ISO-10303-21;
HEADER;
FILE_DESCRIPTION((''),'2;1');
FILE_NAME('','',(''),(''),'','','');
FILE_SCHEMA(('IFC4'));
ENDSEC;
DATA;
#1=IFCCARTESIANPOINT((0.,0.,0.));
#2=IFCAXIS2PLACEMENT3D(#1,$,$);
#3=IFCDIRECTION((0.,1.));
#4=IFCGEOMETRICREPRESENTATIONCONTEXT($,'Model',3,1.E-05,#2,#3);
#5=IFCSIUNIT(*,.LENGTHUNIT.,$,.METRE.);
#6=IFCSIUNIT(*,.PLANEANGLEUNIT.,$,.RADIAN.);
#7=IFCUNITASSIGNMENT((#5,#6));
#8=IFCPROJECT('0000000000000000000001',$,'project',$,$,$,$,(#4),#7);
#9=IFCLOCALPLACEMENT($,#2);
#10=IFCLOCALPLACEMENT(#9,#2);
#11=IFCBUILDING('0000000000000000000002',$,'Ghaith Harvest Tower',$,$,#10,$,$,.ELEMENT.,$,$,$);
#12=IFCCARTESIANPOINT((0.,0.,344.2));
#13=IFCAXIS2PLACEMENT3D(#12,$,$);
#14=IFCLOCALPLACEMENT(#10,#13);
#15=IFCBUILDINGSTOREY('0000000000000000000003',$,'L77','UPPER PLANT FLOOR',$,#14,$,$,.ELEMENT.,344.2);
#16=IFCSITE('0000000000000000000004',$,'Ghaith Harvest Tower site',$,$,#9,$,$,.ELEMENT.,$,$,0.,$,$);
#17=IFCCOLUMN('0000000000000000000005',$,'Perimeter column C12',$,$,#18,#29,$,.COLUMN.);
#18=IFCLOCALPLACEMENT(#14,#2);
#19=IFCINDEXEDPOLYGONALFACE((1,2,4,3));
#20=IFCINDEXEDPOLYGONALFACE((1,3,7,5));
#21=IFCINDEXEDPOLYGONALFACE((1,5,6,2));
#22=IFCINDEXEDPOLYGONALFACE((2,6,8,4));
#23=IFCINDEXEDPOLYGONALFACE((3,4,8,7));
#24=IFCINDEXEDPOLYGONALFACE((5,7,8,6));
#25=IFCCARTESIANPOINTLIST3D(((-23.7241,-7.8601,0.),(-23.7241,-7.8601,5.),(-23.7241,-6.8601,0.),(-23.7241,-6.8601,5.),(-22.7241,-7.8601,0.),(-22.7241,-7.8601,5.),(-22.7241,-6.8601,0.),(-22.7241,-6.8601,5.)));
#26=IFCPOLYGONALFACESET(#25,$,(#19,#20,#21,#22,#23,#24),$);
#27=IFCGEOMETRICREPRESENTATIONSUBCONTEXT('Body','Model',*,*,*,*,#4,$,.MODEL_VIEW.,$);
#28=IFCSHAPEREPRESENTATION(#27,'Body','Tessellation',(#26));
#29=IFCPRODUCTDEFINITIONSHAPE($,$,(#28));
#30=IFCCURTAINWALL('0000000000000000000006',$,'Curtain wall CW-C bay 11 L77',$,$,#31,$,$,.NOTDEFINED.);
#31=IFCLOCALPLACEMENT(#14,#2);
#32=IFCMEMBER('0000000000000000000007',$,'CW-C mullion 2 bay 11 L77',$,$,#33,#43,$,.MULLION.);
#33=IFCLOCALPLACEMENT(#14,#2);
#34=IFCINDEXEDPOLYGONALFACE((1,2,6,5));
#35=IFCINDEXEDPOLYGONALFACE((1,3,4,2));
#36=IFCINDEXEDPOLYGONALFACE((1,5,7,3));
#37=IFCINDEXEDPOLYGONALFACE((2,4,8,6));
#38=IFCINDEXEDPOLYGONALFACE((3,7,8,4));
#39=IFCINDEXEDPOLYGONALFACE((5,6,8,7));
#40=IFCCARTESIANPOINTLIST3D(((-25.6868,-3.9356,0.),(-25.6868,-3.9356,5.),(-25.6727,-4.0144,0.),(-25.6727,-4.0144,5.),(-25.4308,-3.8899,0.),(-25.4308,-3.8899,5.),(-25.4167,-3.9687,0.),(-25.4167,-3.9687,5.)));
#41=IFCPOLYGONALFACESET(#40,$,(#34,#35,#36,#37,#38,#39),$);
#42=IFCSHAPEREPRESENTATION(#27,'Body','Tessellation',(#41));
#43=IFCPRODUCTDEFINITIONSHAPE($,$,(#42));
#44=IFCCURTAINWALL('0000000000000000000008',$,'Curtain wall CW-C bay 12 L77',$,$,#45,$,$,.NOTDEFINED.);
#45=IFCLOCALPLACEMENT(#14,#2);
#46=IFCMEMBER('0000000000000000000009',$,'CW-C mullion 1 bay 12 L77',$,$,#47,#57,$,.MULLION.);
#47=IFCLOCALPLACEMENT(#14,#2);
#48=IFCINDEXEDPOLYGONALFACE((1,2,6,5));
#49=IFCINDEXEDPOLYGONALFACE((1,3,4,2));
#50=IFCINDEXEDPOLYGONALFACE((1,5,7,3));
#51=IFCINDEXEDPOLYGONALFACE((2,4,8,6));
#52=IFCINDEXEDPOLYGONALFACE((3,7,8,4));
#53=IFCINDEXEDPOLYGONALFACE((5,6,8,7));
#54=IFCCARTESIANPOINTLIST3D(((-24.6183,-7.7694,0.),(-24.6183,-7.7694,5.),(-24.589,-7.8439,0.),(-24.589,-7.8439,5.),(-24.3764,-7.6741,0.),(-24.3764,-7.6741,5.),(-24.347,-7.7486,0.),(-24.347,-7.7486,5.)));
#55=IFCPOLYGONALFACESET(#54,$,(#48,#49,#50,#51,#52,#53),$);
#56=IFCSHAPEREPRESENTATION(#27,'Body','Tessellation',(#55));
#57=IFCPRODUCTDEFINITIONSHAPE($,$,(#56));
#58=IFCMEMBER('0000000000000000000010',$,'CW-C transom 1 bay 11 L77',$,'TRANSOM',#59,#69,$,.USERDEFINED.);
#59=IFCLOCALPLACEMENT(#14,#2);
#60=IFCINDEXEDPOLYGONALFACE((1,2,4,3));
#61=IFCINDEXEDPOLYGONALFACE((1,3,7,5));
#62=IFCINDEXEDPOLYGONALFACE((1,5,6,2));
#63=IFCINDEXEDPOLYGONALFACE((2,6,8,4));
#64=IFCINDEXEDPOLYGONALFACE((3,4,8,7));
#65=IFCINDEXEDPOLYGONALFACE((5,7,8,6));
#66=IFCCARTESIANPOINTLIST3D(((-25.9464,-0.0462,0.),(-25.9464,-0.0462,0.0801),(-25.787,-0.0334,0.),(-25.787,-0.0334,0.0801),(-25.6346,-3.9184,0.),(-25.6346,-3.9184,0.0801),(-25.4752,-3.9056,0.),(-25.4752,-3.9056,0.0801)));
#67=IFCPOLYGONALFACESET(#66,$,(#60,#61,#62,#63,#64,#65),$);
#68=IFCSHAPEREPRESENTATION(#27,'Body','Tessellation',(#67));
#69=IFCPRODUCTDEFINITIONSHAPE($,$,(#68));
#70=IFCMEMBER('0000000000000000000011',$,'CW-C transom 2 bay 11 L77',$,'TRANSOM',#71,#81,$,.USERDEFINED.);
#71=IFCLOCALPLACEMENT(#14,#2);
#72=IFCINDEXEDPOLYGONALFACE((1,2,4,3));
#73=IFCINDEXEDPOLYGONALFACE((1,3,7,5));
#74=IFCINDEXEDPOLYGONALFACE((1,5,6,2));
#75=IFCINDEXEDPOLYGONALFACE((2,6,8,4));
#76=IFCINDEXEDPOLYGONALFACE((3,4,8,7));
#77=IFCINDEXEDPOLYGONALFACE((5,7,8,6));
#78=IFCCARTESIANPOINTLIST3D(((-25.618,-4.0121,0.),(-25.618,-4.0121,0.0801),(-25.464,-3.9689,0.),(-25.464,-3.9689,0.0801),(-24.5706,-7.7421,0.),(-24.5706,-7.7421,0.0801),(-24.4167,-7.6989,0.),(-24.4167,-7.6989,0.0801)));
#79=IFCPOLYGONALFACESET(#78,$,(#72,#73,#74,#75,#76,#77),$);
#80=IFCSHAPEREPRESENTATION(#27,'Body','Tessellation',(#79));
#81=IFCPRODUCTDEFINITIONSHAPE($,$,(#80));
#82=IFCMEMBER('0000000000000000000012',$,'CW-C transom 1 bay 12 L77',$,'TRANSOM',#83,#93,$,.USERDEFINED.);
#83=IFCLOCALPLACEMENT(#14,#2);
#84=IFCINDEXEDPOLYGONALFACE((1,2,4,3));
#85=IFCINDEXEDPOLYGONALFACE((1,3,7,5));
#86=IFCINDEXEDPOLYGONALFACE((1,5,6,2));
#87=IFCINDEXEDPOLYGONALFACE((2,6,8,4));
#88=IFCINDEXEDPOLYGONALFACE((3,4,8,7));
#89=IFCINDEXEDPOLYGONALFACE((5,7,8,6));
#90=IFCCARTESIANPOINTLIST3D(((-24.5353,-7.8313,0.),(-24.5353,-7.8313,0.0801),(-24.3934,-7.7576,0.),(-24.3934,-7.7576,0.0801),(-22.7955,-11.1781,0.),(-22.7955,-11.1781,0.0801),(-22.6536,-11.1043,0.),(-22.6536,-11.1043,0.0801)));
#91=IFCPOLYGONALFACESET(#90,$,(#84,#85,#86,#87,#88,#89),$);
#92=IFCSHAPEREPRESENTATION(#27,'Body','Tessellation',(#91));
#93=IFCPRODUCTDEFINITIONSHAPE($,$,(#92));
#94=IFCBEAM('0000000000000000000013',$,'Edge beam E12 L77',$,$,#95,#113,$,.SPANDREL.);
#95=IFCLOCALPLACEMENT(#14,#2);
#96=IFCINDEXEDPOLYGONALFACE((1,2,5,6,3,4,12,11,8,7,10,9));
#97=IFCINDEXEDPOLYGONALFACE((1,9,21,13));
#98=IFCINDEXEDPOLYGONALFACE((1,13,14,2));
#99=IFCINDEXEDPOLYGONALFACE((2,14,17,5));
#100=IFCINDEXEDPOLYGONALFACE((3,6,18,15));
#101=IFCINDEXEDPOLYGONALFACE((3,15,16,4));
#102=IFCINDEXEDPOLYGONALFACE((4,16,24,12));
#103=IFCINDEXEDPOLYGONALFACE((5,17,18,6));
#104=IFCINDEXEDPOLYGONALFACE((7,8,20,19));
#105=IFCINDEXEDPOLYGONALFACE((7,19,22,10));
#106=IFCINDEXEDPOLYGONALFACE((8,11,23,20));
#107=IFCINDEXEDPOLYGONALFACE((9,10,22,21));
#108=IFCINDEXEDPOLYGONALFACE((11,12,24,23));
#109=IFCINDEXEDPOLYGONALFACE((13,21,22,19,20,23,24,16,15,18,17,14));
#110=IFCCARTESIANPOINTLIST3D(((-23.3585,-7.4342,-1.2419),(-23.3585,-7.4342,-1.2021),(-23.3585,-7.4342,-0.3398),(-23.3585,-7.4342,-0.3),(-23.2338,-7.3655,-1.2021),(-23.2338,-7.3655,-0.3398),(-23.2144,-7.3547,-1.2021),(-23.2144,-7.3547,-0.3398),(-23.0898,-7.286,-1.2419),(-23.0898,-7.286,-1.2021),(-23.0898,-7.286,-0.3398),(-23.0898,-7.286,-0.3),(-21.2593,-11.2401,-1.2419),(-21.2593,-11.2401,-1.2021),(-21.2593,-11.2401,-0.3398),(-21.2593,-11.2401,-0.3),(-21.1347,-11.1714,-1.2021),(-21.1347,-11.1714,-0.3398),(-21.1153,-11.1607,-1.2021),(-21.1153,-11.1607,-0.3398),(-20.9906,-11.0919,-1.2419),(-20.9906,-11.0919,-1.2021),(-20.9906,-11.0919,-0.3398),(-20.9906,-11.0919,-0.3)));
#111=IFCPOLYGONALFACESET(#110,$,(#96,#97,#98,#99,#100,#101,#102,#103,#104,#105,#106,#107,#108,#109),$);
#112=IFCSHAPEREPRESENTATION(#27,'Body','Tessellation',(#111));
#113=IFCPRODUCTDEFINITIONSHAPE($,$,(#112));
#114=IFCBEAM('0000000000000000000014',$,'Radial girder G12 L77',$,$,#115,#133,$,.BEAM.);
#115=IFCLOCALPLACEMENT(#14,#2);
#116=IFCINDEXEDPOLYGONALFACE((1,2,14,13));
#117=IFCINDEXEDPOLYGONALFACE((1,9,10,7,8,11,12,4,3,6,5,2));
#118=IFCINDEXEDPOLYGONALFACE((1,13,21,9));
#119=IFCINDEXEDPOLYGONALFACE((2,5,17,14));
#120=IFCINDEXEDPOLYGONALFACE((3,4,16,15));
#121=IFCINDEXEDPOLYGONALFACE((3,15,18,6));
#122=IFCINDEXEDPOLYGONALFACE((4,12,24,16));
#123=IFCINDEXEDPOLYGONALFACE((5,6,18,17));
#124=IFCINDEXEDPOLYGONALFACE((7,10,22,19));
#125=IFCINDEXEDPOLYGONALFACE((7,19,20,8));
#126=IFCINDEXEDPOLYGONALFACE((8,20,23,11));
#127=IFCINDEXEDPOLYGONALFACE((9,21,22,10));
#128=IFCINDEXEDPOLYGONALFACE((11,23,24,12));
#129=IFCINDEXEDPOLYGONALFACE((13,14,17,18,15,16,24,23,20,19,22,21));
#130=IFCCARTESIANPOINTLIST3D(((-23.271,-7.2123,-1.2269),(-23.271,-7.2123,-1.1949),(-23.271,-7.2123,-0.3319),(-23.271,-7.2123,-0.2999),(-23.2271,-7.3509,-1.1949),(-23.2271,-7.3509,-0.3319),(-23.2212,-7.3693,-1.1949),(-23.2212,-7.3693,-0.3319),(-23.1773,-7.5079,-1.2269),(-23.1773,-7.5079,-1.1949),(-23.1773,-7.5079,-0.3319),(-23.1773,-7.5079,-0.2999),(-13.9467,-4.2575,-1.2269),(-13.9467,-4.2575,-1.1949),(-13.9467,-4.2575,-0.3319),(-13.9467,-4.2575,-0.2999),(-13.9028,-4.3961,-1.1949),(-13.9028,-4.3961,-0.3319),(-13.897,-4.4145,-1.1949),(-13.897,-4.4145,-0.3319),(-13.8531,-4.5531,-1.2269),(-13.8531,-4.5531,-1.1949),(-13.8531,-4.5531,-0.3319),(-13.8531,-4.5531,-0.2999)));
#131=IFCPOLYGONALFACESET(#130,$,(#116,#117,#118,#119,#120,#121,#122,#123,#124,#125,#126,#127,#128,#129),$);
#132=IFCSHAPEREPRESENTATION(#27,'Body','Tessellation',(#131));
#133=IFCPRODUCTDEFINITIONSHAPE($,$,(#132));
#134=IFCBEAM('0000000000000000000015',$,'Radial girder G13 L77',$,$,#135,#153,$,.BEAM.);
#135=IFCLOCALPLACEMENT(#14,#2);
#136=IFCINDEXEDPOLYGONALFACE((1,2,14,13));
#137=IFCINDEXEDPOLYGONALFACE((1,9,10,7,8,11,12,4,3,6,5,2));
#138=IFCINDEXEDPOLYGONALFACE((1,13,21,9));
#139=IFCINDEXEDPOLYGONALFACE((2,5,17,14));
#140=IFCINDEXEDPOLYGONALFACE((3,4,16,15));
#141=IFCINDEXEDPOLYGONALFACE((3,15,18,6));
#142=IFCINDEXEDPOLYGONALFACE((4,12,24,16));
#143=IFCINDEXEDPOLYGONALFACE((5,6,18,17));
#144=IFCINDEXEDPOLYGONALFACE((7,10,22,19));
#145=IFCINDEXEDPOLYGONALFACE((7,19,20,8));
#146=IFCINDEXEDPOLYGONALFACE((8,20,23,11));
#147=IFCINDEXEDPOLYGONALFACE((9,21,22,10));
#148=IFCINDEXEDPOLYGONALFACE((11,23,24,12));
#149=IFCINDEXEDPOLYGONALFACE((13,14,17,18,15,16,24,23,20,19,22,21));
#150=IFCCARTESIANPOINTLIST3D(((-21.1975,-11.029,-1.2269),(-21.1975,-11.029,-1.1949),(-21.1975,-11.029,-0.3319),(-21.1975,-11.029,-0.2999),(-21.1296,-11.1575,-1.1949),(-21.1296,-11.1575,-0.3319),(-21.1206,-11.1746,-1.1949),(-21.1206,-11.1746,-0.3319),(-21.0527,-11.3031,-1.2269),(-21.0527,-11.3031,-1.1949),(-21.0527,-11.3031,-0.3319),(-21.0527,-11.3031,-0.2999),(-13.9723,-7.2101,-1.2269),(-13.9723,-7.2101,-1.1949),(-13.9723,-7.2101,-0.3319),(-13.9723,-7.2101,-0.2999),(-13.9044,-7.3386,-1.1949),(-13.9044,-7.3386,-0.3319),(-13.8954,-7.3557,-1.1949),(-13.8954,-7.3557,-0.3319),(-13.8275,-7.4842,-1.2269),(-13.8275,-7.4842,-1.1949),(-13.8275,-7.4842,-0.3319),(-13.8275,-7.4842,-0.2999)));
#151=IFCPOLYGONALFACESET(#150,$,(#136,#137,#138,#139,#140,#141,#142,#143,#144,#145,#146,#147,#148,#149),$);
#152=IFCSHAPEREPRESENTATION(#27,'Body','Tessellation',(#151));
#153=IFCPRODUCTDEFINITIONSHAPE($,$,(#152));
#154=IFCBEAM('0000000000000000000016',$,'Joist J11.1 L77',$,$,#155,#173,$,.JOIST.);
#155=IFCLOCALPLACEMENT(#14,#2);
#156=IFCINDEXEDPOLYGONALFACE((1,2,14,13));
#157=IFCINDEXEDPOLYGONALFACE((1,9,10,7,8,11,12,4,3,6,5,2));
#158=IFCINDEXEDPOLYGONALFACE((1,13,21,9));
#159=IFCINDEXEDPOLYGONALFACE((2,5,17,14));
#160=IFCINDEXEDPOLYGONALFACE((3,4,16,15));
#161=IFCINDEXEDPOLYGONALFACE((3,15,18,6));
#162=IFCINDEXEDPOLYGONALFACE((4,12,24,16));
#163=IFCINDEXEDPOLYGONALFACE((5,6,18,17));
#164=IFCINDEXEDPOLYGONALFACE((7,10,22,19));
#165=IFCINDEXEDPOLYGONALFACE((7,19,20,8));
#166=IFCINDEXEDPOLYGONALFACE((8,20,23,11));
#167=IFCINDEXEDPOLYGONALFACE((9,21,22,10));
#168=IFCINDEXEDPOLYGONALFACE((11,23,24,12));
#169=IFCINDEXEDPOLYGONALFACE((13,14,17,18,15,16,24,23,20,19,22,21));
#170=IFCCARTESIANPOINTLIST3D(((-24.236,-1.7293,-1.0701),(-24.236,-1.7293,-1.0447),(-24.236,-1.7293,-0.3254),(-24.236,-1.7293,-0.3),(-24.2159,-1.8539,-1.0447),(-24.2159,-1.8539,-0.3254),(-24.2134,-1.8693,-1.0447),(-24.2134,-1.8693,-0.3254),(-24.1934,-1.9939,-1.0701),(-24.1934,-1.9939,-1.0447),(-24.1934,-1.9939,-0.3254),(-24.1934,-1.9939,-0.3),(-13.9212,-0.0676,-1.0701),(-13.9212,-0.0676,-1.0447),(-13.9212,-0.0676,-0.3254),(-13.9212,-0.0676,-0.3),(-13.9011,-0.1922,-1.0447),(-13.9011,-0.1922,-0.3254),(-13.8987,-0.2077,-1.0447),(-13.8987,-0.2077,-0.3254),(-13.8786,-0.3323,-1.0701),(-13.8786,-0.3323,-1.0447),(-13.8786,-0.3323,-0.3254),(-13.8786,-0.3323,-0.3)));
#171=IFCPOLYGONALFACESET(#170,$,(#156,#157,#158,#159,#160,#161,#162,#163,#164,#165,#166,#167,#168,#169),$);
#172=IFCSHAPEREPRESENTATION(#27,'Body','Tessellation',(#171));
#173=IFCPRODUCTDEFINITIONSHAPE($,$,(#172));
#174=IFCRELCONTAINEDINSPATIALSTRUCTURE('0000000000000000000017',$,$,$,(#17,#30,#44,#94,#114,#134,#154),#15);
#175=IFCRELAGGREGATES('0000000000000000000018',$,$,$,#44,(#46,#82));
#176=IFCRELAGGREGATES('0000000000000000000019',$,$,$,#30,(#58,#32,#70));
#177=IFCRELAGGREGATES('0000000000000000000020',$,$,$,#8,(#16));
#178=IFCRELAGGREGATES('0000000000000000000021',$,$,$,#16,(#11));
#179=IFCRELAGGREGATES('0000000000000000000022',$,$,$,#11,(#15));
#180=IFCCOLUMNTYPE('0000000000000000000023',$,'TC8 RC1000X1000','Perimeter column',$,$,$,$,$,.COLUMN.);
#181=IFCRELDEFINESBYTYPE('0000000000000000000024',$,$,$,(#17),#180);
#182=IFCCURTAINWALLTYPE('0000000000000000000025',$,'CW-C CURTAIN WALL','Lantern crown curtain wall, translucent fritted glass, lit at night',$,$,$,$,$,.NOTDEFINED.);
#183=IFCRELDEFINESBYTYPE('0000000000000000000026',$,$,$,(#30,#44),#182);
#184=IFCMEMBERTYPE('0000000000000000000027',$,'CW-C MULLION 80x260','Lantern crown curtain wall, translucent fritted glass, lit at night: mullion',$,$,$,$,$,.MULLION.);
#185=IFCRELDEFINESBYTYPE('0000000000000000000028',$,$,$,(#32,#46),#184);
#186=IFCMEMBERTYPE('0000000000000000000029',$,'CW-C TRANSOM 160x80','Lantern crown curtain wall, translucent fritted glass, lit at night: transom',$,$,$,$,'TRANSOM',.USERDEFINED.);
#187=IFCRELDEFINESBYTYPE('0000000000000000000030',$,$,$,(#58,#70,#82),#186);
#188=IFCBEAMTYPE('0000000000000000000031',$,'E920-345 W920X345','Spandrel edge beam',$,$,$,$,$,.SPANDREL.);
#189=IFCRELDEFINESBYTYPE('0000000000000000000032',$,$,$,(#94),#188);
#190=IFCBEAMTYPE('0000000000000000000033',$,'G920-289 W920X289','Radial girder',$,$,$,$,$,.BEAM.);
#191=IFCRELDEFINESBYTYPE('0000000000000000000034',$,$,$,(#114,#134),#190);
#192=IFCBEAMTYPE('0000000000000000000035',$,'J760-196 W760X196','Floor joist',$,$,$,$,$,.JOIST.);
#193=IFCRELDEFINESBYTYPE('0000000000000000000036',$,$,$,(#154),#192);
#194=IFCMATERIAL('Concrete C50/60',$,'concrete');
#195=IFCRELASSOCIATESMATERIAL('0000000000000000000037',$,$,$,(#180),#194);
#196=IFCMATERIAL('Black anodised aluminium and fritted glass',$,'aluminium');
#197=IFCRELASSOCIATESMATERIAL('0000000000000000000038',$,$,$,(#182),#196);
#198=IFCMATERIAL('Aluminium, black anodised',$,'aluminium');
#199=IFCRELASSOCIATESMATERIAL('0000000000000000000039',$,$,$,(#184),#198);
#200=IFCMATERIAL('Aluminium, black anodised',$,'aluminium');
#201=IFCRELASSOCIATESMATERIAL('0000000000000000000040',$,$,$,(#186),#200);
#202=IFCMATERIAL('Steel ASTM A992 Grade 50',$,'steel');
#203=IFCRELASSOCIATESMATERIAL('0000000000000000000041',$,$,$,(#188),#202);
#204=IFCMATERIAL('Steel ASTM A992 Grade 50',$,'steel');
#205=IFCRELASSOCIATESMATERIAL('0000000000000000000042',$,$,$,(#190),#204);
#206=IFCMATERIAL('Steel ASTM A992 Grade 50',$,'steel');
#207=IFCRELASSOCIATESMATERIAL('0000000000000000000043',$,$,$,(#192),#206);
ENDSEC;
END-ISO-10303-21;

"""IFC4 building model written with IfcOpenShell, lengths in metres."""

from ifc_helpers import new_model, si_unit, direction, frame, origin, origin_2d, place, context, subcontext, project, spatial, rectangle, i_section, extrude, material, material_profile, profile_set, type_object, element, aggregate, save


model = new_model("IFC4")

# Units and contexts
model_context = context("Model", 3, precision=1e-05, world=origin(), true_north=direction((0.0, 1.0)))
body_context = subcontext(model_context, "Body", "Model", "MODEL_VIEW")
ifc_project = project(units=[si_unit("LENGTHUNIT", "METRE"), si_unit("PLANEANGLEUNIT", "RADIAN")], contexts=[model_context])

# Site, building, storey
site_placement = place(None, origin())
site = spatial("IfcSite", under=ifc_project, at=site_placement, Name="Ghaith Harvest Tower site", CompositionType="ELEMENT", RefElevation=0.0)
building_placement = place(site_placement, origin())
building = spatial("IfcBuilding", under=site, at=building_placement, Name="Ghaith Harvest Tower", CompositionType="ELEMENT")
storey_placement = place(building_placement, frame((0.0, 0.0, 344.2)))
storey = spatial("IfcBuildingStorey", under=building, at=storey_placement, Name="L77", Description="UPPER PLANT FLOOR", CompositionType="ELEMENT", Elevation=344.2)

# Column
ifc_material_1 = material(Name="Concrete C50/60", Category="concrete")
ifc_material_profile_1 = material_profile(ifc_material_1, rectangle(XDim=1.0, YDim=1.0, at=origin_2d()), Name="RC1000X1000")
ifc_profile_set_1 = profile_set([ifc_material_profile_1], Name="Concrete C50/60")
column_type = type_object("IfcColumnType", Name="TC8 RC1000X1000", Description="Perimeter column", PredefinedType="COLUMN", material=ifc_profile_set_1)
column_placement = place(storey_placement, frame((-23.2241, -7.3601, 0.0), z_axis=(0.0, 0.0, 1.0), x_axis=(1.0, 0.0, 0.0)))
element("IfcColumn", 1, at=column_placement, inside=storey, type_object=column_type, Name="Perimeter column C12", PredefinedType="COLUMN", context=body_context, shape_type="SweptSolid", body=[
    extrude(rectangle(XDim=1.0, YDim=1.0, at=origin_2d()), origin(), (0.0, 0.0, 1.0), 5.0),
])

# Curtain walls, members
ifc_material_2 = material(Name="Black anodised aluminium and fritted glass", Category="aluminium")
curtain_wall_type = type_object("IfcCurtainWallType", Name="CW-C CURTAIN WALL", Description="Lantern crown curtain wall, translucent fritted glass, lit at night", PredefinedType="NOTDEFINED", material=ifc_material_2)
curtain_wall_1_placement = place(storey_placement, origin())
curtain_wall_1 = element("IfcCurtainWall", 2, at=curtain_wall_1_placement, inside=storey, type_object=curtain_wall_type, Name="Curtain wall CW-C bay 11 L77", PredefinedType="NOTDEFINED")
ifc_material_3 = material(Name="Aluminium, black anodised", Category="aluminium")
ifc_material_profile_2 = material_profile(ifc_material_3, rectangle(XDim=0.0801, YDim=0.26, at=origin_2d()), Name="CW-C MULLION 80x260")
ifc_profile_set_2 = profile_set([ifc_material_profile_2], Name="Aluminium, black anodised")
member_type_1 = type_object("IfcMemberType", Name="CW-C MULLION 80x260", Description="Lantern crown curtain wall, translucent fritted glass, lit at night: mullion", PredefinedType="MULLION", material=ifc_profile_set_2)
member_1_placement = place(storey_placement, frame((-25.5518, -3.9521, 0.0), z_axis=(0.0, 0.0, 1.0), x_axis=(0.176001, -0.98439, 0.0)))
member_1 = element("IfcMember", 3, at=member_1_placement, type_object=member_type_1, Name="CW-C mullion 2 bay 11 L77", PredefinedType="MULLION", context=body_context, shape_type="SweptSolid", body=[
    extrude(rectangle(XDim=0.0801, YDim=0.26, at=origin_2d()), origin(), (0.0, 0.0, 1.0), 5.0),
])
curtain_wall_2_placement = place(storey_placement, origin())
curtain_wall_2 = element("IfcCurtainWall", 4, at=curtain_wall_2_placement, inside=storey, type_object=curtain_wall_type, Name="Curtain wall CW-C bay 12 L77", PredefinedType="NOTDEFINED")
member_2_placement = place(storey_placement, frame((-24.4827, -7.759, 0.0), z_axis=(0.0, 0.0, 1.0), x_axis=(0.366473, -0.930429, 0.0)))
member_2 = element("IfcMember", 5, at=member_2_placement, type_object=member_type_1, Name="CW-C mullion 1 bay 12 L77", PredefinedType="MULLION", context=body_context, shape_type="SweptSolid", body=[
    extrude(rectangle(XDim=0.0801, YDim=0.26, at=origin_2d()), origin(), (0.0, 0.0, 1.0), 5.0),
])

# Members
ifc_material_4 = material(Name="Aluminium, black anodised", Category="aluminium")
ifc_material_profile_3 = material_profile(ifc_material_4, rectangle(XDim=0.1599, YDim=0.0801, at=origin_2d()), Name="CW-C TRANSOM 160x80")
ifc_profile_set_3 = profile_set([ifc_material_profile_3], Name="Aluminium, black anodised")
member_type_2 = type_object("IfcMemberType", Name="CW-C TRANSOM 160x80", Description="Lantern crown curtain wall, translucent fritted glass, lit at night: transom", ElementType="TRANSOM", PredefinedType="USERDEFINED", material=ifc_profile_set_3)
member_3_placement = place(storey_placement, frame((-25.8667, -0.0398, 0.04), z_axis=(0.080252, -0.996775, 0.0), x_axis=(0.996775, 0.080252, 0.0)))
member_3 = element("IfcMember", 6, at=member_3_placement, type_object=member_type_2, Name="CW-C transom 1 bay 11 L77", ObjectType="TRANSOM", PredefinedType="USERDEFINED", context=body_context, shape_type="SweptSolid", body=[
    extrude(rectangle(XDim=0.1599, YDim=0.0801, at=origin_2d()), origin(), (0.0, 0.0, 1.0), 3.8848),
])
member_4_placement = place(storey_placement, frame((-25.541, -3.9905, 0.04), z_axis=(0.27034, -0.962765, 0.0), x_axis=(0.962765, 0.27034, 0.0)))
member_4 = element("IfcMember", 7, at=member_4_placement, type_object=member_type_2, Name="CW-C transom 2 bay 11 L77", ObjectType="TRANSOM", PredefinedType="USERDEFINED", context=body_context, shape_type="SweptSolid", body=[
    extrude(rectangle(XDim=0.1599, YDim=0.0801, at=origin_2d()), origin(), (0.0, 0.0, 1.0), 3.8743),
])
member_5_placement = place(storey_placement, frame((-24.4644, -7.7944, 0.04), z_axis=(0.461243, -0.887274, 0.0), x_axis=(0.887274, 0.461243, 0.0)))
member_5 = element("IfcMember", 8, at=member_5_placement, type_object=member_type_2, Name="CW-C transom 1 bay 12 L77", ObjectType="TRANSOM", PredefinedType="USERDEFINED", context=body_context, shape_type="SweptSolid", body=[
    extrude(rectangle(XDim=0.1599, YDim=0.0801, at=origin_2d()), origin(), (0.0, 0.0, 1.0), 3.772),
])
aggregate(curtain_wall_2, [member_2, member_5])

# Beams
ifc_material_5 = material(Name="Steel ASTM A992 Grade 50", Category="steel")
ifc_material_profile_4 = material_profile(ifc_material_5, i_section(OverallWidth=0.3069, OverallDepth=0.9419, WebThickness=0.0222, FlangeThickness=0.0398, at=origin_2d()), Name="W920X345")
ifc_profile_set_4 = profile_set([ifc_material_profile_4], Name="Steel ASTM A992 Grade 50")
beam_type_1 = type_object("IfcBeamType", Name="E920-345 W920X345", Description="Spandrel edge beam", PredefinedType="SPANDREL", material=ifc_profile_set_4)
beam_1_placement = place(storey_placement, frame((-23.2241, -7.3601, -0.771), z_axis=(0.482956, -0.875645, 0.0), x_axis=(0.875645, 0.482956, 0.0)))
element("IfcBeam", 9, at=beam_1_placement, inside=storey, type_object=beam_type_1, Name="Edge beam E12 L77", PredefinedType="SPANDREL", context=body_context, shape_type="SweptSolid", body=[
    extrude(i_section(OverallWidth=0.3069, OverallDepth=0.9419, WebThickness=0.0222, FlangeThickness=0.0398, at=origin_2d()), origin(), (0.0, 0.0, 1.0), 4.3464),
])
ifc_material_6 = material(Name="Steel ASTM A992 Grade 50", Category="steel")
ifc_material_profile_5 = material_profile(ifc_material_6, i_section(OverallWidth=0.3101, OverallDepth=0.927, WebThickness=0.0193, FlangeThickness=0.032, at=origin_2d()), Name="W920X289")
ifc_profile_set_5 = profile_set([ifc_material_profile_5], Name="Steel ASTM A992 Grade 50")
beam_type_2 = type_object("IfcBeamType", Name="G920-289 W920X289", Description="Radial girder", PredefinedType="BEAM", material=ifc_profile_set_5)
beam_2_placement = place(storey_placement, frame((-13.8999, -4.4053, -0.7634), z_axis=(-0.953279, -0.302093, 0.0), x_axis=(0.302093, -0.953279, 0.0)))
element("IfcBeam", 10, at=beam_2_placement, inside=storey, type_object=beam_type_2, Name="Radial girder G12 L77", PredefinedType="BEAM", context=body_context, shape_type="SweptSolid", body=[
    extrude(i_section(OverallWidth=0.3101, OverallDepth=0.927, WebThickness=0.0193, FlangeThickness=0.032, at=origin_2d()), origin(), (0.0, 0.0, 1.0), 9.7812),
])
beam_3_placement = place(storey_placement, frame((-13.8999, -7.3472, -0.7634), z_axis=(-0.884102, -0.467295, 0.0), x_axis=(0.467295, -0.884102, 0.0)))
element("IfcBeam", 11, at=beam_3_placement, inside=storey, type_object=beam_type_2, Name="Radial girder G13 L77", PredefinedType="BEAM", context=body_context, shape_type="SweptSolid", body=[
    extrude(i_section(OverallWidth=0.3101, OverallDepth=0.927, WebThickness=0.0193, FlangeThickness=0.032, at=origin_2d()), origin(), (0.0, 0.0, 1.0), 8.1724),
])
ifc_material_7 = material(Name="Steel ASTM A992 Grade 50", Category="steel")
ifc_material_profile_6 = material_profile(ifc_material_7, i_section(OverallWidth=0.2681, OverallDepth=0.77, WebThickness=0.0156, FlangeThickness=0.0254, at=origin_2d()), Name="W760X196")
ifc_profile_set_6 = profile_set([ifc_material_profile_6], Name="Steel ASTM A992 Grade 50")
beam_type_3 = type_object("IfcBeamType", Name="J760-196 W760X196", Description="Floor joist", PredefinedType="JOIST", material=ifc_profile_set_6)
beam_4_placement = place(storey_placement, frame((-13.8999, -0.2, -0.6851), z_axis=(-0.987272, -0.159042, 0.0), x_axis=(0.159042, -0.987272, 0.0)))
element("IfcBeam", 12, at=beam_4_placement, inside=storey, type_object=beam_type_3, Name="Joist J11.1 L77", PredefinedType="JOIST", context=body_context, shape_type="SweptSolid", body=[
    extrude(i_section(OverallWidth=0.2681, OverallDepth=0.77, WebThickness=0.0156, FlangeThickness=0.0254, at=origin_2d()), origin(), (0.0, 0.0, 1.0), 10.4478),
])

aggregate(curtain_wall_1, [member_3, member_1, member_4])

save(model, "model.ifc")
